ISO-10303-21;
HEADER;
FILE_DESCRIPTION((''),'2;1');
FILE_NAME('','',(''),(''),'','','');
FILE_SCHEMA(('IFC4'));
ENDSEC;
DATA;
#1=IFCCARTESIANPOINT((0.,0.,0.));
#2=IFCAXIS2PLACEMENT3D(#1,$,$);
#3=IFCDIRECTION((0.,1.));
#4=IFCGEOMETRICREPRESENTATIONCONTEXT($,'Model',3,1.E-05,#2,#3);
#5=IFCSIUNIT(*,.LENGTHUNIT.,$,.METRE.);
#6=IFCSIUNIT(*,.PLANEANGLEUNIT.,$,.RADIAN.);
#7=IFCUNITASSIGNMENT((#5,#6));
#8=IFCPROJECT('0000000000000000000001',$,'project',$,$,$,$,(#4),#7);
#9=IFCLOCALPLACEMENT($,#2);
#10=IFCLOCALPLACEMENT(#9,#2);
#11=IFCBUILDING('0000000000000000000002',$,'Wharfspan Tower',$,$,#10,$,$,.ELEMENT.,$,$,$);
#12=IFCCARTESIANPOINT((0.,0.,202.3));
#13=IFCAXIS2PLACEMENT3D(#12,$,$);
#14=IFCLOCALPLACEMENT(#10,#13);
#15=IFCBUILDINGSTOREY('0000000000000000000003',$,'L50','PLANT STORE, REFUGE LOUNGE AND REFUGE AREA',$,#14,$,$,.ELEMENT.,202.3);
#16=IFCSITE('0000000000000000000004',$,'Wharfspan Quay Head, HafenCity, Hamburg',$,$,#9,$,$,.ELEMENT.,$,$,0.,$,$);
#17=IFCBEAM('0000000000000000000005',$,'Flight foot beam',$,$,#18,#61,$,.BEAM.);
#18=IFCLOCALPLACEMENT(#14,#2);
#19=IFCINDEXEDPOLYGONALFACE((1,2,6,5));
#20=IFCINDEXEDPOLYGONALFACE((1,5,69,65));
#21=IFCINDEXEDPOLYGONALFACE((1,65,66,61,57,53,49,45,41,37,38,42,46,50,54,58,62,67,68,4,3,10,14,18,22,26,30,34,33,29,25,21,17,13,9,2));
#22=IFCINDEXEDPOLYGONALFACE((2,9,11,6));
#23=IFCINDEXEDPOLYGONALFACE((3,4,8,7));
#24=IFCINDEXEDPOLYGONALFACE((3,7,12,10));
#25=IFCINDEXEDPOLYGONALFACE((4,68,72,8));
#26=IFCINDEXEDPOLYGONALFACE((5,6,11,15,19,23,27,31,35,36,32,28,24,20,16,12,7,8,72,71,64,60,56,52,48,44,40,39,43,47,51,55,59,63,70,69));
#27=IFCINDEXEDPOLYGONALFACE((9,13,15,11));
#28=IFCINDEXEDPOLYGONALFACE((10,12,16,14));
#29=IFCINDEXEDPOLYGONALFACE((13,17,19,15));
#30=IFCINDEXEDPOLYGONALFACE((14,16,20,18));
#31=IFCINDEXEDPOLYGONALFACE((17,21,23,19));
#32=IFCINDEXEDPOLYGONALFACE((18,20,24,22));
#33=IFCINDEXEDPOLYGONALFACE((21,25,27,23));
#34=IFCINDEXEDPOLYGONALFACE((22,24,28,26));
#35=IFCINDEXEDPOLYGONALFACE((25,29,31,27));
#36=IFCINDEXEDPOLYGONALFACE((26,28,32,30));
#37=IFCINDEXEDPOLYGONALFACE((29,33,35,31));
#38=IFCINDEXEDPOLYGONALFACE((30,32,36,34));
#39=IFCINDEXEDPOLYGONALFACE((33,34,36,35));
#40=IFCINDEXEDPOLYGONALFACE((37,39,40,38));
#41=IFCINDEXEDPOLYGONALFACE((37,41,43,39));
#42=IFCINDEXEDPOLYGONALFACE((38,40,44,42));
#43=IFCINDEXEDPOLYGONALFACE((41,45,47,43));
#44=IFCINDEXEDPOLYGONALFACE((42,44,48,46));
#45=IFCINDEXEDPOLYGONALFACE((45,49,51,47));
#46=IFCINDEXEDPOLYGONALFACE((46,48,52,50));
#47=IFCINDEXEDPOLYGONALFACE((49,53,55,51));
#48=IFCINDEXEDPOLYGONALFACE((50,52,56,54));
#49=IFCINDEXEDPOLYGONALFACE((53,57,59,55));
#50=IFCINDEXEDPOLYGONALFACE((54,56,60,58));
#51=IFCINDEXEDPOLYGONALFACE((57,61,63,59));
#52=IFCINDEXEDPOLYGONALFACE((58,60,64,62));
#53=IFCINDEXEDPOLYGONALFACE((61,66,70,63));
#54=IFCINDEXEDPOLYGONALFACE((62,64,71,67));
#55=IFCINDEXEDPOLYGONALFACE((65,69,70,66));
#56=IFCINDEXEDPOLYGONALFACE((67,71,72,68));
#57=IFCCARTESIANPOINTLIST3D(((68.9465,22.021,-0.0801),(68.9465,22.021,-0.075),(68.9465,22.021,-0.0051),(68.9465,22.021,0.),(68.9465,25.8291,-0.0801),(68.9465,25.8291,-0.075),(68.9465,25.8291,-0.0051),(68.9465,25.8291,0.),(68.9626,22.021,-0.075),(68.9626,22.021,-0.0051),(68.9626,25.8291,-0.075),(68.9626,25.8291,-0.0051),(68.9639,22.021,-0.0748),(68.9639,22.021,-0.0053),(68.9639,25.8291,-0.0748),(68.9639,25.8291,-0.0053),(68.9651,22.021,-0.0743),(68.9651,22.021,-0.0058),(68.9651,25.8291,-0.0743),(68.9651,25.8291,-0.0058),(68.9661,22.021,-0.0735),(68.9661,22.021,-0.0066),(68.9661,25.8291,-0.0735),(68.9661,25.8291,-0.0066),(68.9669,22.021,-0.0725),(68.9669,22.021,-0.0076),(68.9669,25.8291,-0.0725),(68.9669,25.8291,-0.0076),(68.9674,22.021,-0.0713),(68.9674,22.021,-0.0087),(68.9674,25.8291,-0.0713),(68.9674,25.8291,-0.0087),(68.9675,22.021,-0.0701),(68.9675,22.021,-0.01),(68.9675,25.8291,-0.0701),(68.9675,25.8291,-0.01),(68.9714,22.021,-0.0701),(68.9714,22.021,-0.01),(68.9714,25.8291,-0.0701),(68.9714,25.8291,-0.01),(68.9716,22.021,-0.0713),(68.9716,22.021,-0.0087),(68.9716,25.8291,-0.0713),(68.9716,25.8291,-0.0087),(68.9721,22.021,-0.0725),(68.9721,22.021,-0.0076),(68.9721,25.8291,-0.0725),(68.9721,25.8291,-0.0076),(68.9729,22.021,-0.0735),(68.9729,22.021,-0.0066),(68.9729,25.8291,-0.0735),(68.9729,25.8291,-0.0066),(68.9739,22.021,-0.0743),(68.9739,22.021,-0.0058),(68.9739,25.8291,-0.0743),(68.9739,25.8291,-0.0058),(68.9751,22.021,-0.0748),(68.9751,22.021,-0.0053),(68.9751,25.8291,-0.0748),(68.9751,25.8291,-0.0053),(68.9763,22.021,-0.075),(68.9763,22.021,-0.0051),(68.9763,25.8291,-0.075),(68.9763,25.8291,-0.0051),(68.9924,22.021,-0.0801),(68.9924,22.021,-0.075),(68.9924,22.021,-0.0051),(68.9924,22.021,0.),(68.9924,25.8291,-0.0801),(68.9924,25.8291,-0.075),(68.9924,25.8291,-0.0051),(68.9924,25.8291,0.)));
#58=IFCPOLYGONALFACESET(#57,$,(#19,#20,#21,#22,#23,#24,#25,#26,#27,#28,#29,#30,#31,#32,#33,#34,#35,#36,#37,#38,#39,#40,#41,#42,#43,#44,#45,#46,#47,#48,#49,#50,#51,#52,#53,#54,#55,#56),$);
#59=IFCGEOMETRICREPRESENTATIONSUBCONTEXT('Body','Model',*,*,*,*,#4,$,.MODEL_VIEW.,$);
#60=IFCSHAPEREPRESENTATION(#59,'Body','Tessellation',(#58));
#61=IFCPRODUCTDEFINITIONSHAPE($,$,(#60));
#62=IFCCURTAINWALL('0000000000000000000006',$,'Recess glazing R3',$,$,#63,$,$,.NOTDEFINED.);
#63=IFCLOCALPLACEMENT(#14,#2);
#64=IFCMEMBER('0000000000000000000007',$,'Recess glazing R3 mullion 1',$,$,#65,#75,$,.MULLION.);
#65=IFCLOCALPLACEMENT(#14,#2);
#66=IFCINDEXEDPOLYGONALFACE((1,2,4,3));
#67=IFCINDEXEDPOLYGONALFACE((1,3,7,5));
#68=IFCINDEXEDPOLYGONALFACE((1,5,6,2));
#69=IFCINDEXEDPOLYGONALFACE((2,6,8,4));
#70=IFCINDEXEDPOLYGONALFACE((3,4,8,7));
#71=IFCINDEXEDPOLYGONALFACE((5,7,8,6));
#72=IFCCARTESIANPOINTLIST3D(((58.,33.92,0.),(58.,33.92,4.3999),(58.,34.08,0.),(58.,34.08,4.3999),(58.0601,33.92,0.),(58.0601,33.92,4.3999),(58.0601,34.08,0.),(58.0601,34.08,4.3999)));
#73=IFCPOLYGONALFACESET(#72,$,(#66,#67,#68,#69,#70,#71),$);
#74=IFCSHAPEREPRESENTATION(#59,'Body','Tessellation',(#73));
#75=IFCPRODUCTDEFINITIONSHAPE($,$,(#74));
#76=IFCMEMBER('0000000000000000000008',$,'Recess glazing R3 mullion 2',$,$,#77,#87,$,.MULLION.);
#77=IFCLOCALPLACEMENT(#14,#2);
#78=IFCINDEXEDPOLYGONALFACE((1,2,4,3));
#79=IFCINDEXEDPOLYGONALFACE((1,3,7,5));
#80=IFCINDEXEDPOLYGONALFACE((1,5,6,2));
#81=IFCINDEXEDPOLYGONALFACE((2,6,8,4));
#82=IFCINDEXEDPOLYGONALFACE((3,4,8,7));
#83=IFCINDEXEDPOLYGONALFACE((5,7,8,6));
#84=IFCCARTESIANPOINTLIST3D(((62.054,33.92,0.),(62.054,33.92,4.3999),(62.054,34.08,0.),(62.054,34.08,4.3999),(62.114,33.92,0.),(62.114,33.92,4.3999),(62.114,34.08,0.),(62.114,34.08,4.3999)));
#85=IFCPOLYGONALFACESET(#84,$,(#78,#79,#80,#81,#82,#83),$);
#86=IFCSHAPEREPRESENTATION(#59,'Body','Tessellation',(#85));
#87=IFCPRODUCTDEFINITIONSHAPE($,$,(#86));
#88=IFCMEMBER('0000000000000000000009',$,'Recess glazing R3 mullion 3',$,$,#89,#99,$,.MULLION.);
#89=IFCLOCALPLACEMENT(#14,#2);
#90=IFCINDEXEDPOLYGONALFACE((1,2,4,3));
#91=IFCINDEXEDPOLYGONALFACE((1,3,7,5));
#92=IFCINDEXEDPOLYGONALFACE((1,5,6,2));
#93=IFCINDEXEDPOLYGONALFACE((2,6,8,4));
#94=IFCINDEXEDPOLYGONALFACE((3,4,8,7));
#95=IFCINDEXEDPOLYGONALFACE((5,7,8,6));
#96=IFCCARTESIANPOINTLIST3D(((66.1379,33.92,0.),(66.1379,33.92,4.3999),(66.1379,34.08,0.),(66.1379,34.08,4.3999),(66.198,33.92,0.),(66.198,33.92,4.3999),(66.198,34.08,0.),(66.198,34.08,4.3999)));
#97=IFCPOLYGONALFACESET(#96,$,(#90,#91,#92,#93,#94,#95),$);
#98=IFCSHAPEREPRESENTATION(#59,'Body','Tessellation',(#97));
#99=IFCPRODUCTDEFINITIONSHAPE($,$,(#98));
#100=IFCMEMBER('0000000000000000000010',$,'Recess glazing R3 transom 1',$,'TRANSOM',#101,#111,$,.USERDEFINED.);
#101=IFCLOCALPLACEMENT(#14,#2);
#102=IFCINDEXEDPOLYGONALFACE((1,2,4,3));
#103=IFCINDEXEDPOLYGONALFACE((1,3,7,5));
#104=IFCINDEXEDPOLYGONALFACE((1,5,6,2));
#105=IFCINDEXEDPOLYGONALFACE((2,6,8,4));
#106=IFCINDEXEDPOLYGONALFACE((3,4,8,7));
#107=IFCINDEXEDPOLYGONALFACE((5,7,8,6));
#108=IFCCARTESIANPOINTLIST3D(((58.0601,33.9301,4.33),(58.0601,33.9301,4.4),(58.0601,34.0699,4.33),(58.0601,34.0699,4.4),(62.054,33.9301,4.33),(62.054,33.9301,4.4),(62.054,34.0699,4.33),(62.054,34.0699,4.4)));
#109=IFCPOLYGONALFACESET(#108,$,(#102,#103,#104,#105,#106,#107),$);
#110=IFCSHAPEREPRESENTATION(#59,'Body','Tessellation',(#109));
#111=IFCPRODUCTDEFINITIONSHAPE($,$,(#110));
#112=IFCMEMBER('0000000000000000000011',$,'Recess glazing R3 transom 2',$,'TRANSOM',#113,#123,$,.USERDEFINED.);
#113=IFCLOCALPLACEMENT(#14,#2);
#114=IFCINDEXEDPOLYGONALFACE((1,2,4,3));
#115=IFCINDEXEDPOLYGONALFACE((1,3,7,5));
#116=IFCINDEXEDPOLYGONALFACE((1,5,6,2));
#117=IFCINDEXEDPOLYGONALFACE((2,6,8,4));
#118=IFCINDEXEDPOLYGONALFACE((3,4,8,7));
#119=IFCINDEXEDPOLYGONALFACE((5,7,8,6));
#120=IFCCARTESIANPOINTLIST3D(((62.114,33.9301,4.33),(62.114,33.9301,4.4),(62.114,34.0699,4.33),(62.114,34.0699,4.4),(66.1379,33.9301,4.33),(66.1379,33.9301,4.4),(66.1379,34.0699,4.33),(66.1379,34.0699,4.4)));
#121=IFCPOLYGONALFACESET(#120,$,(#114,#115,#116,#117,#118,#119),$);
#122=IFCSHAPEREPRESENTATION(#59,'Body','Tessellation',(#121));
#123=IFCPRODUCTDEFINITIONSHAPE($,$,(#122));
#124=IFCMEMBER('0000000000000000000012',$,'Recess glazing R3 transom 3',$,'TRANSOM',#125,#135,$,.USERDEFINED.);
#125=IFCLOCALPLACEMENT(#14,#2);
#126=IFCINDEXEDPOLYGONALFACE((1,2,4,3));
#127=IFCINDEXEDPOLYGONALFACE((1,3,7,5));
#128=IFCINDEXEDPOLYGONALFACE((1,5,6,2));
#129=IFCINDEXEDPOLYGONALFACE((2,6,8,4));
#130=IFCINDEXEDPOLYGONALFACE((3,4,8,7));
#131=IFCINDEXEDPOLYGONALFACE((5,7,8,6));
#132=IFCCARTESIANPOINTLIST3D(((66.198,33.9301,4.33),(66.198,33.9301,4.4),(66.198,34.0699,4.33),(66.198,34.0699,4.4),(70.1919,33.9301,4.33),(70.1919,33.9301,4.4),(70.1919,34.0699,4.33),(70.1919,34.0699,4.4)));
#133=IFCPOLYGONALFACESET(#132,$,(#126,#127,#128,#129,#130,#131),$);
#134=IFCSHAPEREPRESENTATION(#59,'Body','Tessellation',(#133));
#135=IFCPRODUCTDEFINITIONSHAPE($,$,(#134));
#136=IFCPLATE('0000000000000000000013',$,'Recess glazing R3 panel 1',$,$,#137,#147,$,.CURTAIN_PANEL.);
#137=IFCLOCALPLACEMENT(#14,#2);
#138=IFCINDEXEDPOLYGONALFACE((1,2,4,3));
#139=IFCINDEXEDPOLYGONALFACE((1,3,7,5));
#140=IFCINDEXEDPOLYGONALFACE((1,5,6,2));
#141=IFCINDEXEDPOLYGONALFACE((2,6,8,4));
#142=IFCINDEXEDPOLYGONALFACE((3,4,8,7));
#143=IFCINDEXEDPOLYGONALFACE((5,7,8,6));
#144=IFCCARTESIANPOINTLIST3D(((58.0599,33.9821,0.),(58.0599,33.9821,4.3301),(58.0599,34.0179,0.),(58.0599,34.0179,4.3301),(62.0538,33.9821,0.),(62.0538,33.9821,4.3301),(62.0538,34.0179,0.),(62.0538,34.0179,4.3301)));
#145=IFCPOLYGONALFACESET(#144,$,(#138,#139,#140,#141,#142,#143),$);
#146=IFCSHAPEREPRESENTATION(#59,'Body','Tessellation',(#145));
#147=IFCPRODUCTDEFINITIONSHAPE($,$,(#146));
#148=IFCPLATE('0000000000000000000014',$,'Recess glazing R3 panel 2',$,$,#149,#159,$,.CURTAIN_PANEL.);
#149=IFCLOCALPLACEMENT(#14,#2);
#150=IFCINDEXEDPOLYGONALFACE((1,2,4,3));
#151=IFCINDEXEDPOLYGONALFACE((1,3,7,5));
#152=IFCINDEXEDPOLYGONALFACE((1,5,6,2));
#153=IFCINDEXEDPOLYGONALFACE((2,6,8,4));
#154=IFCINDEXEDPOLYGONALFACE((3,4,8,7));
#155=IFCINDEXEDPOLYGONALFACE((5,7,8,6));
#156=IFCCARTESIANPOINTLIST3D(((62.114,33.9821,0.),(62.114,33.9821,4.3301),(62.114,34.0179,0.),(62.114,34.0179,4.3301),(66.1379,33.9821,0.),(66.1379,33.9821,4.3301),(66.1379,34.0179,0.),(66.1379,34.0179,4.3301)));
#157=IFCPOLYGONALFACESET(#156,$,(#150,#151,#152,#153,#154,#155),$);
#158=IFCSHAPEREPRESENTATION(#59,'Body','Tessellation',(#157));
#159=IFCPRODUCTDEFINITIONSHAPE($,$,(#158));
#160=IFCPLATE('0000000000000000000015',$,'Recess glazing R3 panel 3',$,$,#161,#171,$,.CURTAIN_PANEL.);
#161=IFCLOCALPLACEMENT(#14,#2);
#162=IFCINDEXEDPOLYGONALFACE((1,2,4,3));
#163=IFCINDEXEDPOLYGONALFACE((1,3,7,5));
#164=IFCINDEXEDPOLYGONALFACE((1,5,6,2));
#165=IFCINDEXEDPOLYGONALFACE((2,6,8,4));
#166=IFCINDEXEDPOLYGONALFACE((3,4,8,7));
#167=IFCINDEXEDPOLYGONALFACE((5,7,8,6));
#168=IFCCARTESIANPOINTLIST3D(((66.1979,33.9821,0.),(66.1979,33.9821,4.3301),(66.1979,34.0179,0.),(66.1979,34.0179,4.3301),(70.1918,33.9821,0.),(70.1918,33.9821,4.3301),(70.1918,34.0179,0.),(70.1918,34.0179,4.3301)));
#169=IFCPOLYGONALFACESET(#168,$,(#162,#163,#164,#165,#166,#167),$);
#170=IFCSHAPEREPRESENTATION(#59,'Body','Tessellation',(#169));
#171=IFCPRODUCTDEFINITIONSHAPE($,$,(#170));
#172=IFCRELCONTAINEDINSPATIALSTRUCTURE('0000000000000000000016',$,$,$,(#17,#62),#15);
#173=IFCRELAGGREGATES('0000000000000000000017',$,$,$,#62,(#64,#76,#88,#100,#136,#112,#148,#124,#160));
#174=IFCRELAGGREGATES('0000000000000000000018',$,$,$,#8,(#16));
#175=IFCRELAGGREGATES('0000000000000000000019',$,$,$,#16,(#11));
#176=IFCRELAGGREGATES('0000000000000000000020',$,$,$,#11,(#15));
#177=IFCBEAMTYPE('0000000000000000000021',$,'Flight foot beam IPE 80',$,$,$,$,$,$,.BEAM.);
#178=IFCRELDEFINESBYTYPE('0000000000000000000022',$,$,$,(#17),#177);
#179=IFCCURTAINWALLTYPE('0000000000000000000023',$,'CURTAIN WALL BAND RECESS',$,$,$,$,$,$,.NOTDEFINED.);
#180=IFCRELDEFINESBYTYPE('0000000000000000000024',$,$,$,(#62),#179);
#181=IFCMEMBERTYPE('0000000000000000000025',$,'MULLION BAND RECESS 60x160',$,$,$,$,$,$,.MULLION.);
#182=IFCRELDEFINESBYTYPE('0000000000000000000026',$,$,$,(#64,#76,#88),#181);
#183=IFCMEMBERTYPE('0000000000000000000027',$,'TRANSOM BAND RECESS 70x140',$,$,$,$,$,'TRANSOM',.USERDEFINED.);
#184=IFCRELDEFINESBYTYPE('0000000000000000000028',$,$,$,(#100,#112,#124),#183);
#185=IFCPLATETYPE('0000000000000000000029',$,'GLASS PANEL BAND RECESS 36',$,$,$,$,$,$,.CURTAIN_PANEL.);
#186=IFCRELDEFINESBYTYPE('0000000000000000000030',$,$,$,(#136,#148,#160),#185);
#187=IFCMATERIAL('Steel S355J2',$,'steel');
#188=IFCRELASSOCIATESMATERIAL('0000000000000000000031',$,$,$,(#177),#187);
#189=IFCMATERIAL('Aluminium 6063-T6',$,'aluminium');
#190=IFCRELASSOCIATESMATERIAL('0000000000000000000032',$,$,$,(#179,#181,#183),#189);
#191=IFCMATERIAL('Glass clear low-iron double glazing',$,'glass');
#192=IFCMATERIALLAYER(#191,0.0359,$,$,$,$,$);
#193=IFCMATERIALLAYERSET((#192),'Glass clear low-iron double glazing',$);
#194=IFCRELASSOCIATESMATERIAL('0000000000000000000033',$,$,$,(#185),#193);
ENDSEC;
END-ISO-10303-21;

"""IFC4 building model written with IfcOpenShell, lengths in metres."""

from ifc_helpers import new_model, si_unit, direction, frame, origin, origin_2d, place, context, subcontext, project, spatial, rectangle, i_section, extrude, material, layer, layer_set, material_profile, profile_set, type_object, element, aggregate, save


model = new_model("IFC4")

# Units and contexts
model_context = context("Model", 3, precision=1e-05, world=origin(), true_north=direction((0.0, 1.0)))
body_context = subcontext(model_context, "Body", "Model", "MODEL_VIEW")
ifc_project = project(units=[si_unit("LENGTHUNIT", "METRE"), si_unit("PLANEANGLEUNIT", "RADIAN")], contexts=[model_context])

# Site, building, storey
site_placement = place(None, origin())
site = spatial("IfcSite", under=ifc_project, at=site_placement, Name="Wharfspan Quay Head, HafenCity, Hamburg", CompositionType="ELEMENT", RefElevation=0.0)
building_placement = place(site_placement, origin())
building = spatial("IfcBuilding", under=site, at=building_placement, Name="Wharfspan Tower", CompositionType="ELEMENT")
storey_placement = place(building_placement, frame((0.0, 0.0, 202.3)))
storey = spatial("IfcBuildingStorey", under=building, at=storey_placement, Name="L50", Description="PLANT STORE, REFUGE LOUNGE AND REFUGE AREA", CompositionType="ELEMENT", Elevation=202.3)

# Beam
ifc_material_1 = material(Name="Steel S355J2", Category="steel")
ifc_material_profile_1 = material_profile(ifc_material_1, i_section(OverallWidth=0.0459, OverallDepth=0.0801, WebThickness=0.0039, FlangeThickness=0.0051, FilletRadius=0.0049, at=origin_2d()))
ifc_profile_set_1 = profile_set([ifc_material_profile_1], Name="Steel S355J2")
beam_type = type_object("IfcBeamType", Name="Flight foot beam IPE 80", PredefinedType="BEAM", material=ifc_profile_set_1)
beam_placement = place(storey_placement, frame((68.9695, 25.8291, -0.04), z_axis=(0.0, -1.0, 0.0), x_axis=(1.0, 0.0, 0.0)))
element("IfcBeam", 1, at=beam_placement, inside=storey, type_object=beam_type, Name="Flight foot beam", PredefinedType="BEAM", context=body_context, shape_type="SweptSolid", body=[
    extrude(i_section(OverallWidth=0.0459, OverallDepth=0.0801, WebThickness=0.0039, FlangeThickness=0.0051, FilletRadius=0.0049, at=origin_2d()), origin(), (0.0, 0.0, 1.0), 3.8081),
])

# Curtain wall, members, plates
ifc_material_2 = material(Name="Aluminium 6063-T6", Category="aluminium")
curtain_wall_type = type_object("IfcCurtainWallType", Name="CURTAIN WALL BAND RECESS", PredefinedType="NOTDEFINED", material=ifc_material_2)
curtain_wall_placement = place(storey_placement, origin())
curtain_wall = element("IfcCurtainWall", 2, at=curtain_wall_placement, inside=storey, type_object=curtain_wall_type, Name="Recess glazing R3", PredefinedType="NOTDEFINED")
ifc_material_profile_2 = material_profile(ifc_material_2, rectangle(XDim=0.1599, YDim=0.0601, at=origin_2d()))
ifc_profile_set_2 = profile_set([ifc_material_profile_2], Name="Aluminium 6063-T6")
member_type_1 = type_object("IfcMemberType", Name="MULLION BAND RECESS 60x160", PredefinedType="MULLION", material=ifc_profile_set_2)
member_1_placement = place(storey_placement, frame((58.03, 34.0, 0.0), z_axis=(0.0, 0.0, 1.0), x_axis=(0.0, 1.0, 0.0)))
member_1 = element("IfcMember", 3, at=member_1_placement, type_object=member_type_1, Name="Recess glazing R3 mullion 1", PredefinedType="MULLION", context=body_context, shape_type="SweptSolid", body=[
    extrude(rectangle(XDim=0.1599, YDim=0.0601, at=origin_2d()), origin(), (0.0, 0.0, 1.0), 4.3999),
])
member_2_placement = place(storey_placement, frame((62.084, 34.0, 0.0), z_axis=(0.0, 0.0, 1.0), x_axis=(0.0, 1.0, 0.0)))
member_2 = element("IfcMember", 4, at=member_2_placement, type_object=member_type_1, Name="Recess glazing R3 mullion 2", PredefinedType="MULLION", context=body_context, shape_type="SweptSolid", body=[
    extrude(rectangle(XDim=0.1599, YDim=0.0601, at=origin_2d()), origin(), (0.0, 0.0, 1.0), 4.3999),
])
member_3_placement = place(storey_placement, frame((66.168, 34.0, 0.0), z_axis=(0.0, 0.0, 1.0), x_axis=(0.0, 1.0, 0.0)))
member_3 = element("IfcMember", 5, at=member_3_placement, type_object=member_type_1, Name="Recess glazing R3 mullion 3", PredefinedType="MULLION", context=body_context, shape_type="SweptSolid", body=[
    extrude(rectangle(XDim=0.1599, YDim=0.0601, at=origin_2d()), origin(), (0.0, 0.0, 1.0), 4.3999),
])
ifc_material_profile_3 = material_profile(ifc_material_2, rectangle(XDim=0.1399, YDim=0.0701, at=origin_2d()))
ifc_profile_set_3 = profile_set([ifc_material_profile_3], Name="Aluminium 6063-T6")
member_type_2 = type_object("IfcMemberType", Name="TRANSOM BAND RECESS 70x140", ElementType="TRANSOM", PredefinedType="USERDEFINED", material=ifc_profile_set_3)
member_4_placement = place(storey_placement, frame((58.0601, 34.0, 4.365), z_axis=(1.0, 0.0, 0.0), x_axis=(0.0, 1.0, 0.0)))
member_4 = element("IfcMember", 6, at=member_4_placement, type_object=member_type_2, Name="Recess glazing R3 transom 1", ObjectType="TRANSOM", PredefinedType="USERDEFINED", context=body_context, shape_type="SweptSolid", body=[
    extrude(rectangle(XDim=0.1399, YDim=0.0701, at=origin_2d()), origin(), (0.0, 0.0, 1.0), 3.9939),
])
member_5_placement = place(storey_placement, frame((62.114, 34.0, 4.365), z_axis=(1.0, 0.0, 0.0), x_axis=(0.0, 1.0, 0.0)))
member_5 = element("IfcMember", 7, at=member_5_placement, type_object=member_type_2, Name="Recess glazing R3 transom 2", ObjectType="TRANSOM", PredefinedType="USERDEFINED", context=body_context, shape_type="SweptSolid", body=[
    extrude(rectangle(XDim=0.1399, YDim=0.0701, at=origin_2d()), origin(), (0.0, 0.0, 1.0), 4.0239),
])
member_6_placement = place(storey_placement, frame((66.198, 34.0, 4.365), z_axis=(1.0, 0.0, 0.0), x_axis=(0.0, 1.0, 0.0)))
member_6 = element("IfcMember", 8, at=member_6_placement, type_object=member_type_2, Name="Recess glazing R3 transom 3", ObjectType="TRANSOM", PredefinedType="USERDEFINED", context=body_context, shape_type="SweptSolid", body=[
    extrude(rectangle(XDim=0.1399, YDim=0.0701, at=origin_2d()), origin(), (0.0, 0.0, 1.0), 3.9939),
])
ifc_material_3 = material(Name="Glass clear low-iron double glazing", Category="glass")
ifc_layer_1 = layer(ifc_material_3, 0.0359)
ifc_layer_set_1 = layer_set([ifc_layer_1], Name="Glass clear low-iron double glazing")
plate_type = type_object("IfcPlateType", Name="GLASS PANEL BAND RECESS 36", PredefinedType="CURTAIN_PANEL", material=ifc_layer_set_1)
plate_1_placement = place(storey_placement, frame((60.0569, 34.0, 0.0), z_axis=(0.0, 0.0, 1.0), x_axis=(1.0, 0.0, 0.0)))
plate_1 = element("IfcPlate", 9, at=plate_1_placement, type_object=plate_type, Name="Recess glazing R3 panel 1", PredefinedType="CURTAIN_PANEL", context=body_context, shape_type="SweptSolid", body=[
    extrude(rectangle(XDim=3.9939, YDim=0.0359, at=origin_2d()), origin(), (0.0, 0.0, 1.0), 4.3301),
])
plate_2_placement = place(storey_placement, frame((64.126, 34.0, 0.0), z_axis=(0.0, 0.0, 1.0), x_axis=(1.0, 0.0, 0.0)))
plate_2 = element("IfcPlate", 10, at=plate_2_placement, type_object=plate_type, Name="Recess glazing R3 panel 2", PredefinedType="CURTAIN_PANEL", context=body_context, shape_type="SweptSolid", body=[
    extrude(rectangle(XDim=4.0239, YDim=0.0359, at=origin_2d()), origin(), (0.0, 0.0, 1.0), 4.3301),
])
plate_3_placement = place(storey_placement, frame((68.1948, 34.0, 0.0), z_axis=(0.0, 0.0, 1.0), x_axis=(1.0, 0.0, 0.0)))
plate_3 = element("IfcPlate", 11, at=plate_3_placement, type_object=plate_type, Name="Recess glazing R3 panel 3", PredefinedType="CURTAIN_PANEL", context=body_context, shape_type="SweptSolid", body=[
    extrude(rectangle(XDim=3.9939, YDim=0.0359, at=origin_2d()), origin(), (0.0, 0.0, 1.0), 4.3301),
])
aggregate(curtain_wall, [member_1, member_2, member_3, member_4, plate_1, member_5, plate_2, member_6, plate_3])

save(model, "model.ifc")
